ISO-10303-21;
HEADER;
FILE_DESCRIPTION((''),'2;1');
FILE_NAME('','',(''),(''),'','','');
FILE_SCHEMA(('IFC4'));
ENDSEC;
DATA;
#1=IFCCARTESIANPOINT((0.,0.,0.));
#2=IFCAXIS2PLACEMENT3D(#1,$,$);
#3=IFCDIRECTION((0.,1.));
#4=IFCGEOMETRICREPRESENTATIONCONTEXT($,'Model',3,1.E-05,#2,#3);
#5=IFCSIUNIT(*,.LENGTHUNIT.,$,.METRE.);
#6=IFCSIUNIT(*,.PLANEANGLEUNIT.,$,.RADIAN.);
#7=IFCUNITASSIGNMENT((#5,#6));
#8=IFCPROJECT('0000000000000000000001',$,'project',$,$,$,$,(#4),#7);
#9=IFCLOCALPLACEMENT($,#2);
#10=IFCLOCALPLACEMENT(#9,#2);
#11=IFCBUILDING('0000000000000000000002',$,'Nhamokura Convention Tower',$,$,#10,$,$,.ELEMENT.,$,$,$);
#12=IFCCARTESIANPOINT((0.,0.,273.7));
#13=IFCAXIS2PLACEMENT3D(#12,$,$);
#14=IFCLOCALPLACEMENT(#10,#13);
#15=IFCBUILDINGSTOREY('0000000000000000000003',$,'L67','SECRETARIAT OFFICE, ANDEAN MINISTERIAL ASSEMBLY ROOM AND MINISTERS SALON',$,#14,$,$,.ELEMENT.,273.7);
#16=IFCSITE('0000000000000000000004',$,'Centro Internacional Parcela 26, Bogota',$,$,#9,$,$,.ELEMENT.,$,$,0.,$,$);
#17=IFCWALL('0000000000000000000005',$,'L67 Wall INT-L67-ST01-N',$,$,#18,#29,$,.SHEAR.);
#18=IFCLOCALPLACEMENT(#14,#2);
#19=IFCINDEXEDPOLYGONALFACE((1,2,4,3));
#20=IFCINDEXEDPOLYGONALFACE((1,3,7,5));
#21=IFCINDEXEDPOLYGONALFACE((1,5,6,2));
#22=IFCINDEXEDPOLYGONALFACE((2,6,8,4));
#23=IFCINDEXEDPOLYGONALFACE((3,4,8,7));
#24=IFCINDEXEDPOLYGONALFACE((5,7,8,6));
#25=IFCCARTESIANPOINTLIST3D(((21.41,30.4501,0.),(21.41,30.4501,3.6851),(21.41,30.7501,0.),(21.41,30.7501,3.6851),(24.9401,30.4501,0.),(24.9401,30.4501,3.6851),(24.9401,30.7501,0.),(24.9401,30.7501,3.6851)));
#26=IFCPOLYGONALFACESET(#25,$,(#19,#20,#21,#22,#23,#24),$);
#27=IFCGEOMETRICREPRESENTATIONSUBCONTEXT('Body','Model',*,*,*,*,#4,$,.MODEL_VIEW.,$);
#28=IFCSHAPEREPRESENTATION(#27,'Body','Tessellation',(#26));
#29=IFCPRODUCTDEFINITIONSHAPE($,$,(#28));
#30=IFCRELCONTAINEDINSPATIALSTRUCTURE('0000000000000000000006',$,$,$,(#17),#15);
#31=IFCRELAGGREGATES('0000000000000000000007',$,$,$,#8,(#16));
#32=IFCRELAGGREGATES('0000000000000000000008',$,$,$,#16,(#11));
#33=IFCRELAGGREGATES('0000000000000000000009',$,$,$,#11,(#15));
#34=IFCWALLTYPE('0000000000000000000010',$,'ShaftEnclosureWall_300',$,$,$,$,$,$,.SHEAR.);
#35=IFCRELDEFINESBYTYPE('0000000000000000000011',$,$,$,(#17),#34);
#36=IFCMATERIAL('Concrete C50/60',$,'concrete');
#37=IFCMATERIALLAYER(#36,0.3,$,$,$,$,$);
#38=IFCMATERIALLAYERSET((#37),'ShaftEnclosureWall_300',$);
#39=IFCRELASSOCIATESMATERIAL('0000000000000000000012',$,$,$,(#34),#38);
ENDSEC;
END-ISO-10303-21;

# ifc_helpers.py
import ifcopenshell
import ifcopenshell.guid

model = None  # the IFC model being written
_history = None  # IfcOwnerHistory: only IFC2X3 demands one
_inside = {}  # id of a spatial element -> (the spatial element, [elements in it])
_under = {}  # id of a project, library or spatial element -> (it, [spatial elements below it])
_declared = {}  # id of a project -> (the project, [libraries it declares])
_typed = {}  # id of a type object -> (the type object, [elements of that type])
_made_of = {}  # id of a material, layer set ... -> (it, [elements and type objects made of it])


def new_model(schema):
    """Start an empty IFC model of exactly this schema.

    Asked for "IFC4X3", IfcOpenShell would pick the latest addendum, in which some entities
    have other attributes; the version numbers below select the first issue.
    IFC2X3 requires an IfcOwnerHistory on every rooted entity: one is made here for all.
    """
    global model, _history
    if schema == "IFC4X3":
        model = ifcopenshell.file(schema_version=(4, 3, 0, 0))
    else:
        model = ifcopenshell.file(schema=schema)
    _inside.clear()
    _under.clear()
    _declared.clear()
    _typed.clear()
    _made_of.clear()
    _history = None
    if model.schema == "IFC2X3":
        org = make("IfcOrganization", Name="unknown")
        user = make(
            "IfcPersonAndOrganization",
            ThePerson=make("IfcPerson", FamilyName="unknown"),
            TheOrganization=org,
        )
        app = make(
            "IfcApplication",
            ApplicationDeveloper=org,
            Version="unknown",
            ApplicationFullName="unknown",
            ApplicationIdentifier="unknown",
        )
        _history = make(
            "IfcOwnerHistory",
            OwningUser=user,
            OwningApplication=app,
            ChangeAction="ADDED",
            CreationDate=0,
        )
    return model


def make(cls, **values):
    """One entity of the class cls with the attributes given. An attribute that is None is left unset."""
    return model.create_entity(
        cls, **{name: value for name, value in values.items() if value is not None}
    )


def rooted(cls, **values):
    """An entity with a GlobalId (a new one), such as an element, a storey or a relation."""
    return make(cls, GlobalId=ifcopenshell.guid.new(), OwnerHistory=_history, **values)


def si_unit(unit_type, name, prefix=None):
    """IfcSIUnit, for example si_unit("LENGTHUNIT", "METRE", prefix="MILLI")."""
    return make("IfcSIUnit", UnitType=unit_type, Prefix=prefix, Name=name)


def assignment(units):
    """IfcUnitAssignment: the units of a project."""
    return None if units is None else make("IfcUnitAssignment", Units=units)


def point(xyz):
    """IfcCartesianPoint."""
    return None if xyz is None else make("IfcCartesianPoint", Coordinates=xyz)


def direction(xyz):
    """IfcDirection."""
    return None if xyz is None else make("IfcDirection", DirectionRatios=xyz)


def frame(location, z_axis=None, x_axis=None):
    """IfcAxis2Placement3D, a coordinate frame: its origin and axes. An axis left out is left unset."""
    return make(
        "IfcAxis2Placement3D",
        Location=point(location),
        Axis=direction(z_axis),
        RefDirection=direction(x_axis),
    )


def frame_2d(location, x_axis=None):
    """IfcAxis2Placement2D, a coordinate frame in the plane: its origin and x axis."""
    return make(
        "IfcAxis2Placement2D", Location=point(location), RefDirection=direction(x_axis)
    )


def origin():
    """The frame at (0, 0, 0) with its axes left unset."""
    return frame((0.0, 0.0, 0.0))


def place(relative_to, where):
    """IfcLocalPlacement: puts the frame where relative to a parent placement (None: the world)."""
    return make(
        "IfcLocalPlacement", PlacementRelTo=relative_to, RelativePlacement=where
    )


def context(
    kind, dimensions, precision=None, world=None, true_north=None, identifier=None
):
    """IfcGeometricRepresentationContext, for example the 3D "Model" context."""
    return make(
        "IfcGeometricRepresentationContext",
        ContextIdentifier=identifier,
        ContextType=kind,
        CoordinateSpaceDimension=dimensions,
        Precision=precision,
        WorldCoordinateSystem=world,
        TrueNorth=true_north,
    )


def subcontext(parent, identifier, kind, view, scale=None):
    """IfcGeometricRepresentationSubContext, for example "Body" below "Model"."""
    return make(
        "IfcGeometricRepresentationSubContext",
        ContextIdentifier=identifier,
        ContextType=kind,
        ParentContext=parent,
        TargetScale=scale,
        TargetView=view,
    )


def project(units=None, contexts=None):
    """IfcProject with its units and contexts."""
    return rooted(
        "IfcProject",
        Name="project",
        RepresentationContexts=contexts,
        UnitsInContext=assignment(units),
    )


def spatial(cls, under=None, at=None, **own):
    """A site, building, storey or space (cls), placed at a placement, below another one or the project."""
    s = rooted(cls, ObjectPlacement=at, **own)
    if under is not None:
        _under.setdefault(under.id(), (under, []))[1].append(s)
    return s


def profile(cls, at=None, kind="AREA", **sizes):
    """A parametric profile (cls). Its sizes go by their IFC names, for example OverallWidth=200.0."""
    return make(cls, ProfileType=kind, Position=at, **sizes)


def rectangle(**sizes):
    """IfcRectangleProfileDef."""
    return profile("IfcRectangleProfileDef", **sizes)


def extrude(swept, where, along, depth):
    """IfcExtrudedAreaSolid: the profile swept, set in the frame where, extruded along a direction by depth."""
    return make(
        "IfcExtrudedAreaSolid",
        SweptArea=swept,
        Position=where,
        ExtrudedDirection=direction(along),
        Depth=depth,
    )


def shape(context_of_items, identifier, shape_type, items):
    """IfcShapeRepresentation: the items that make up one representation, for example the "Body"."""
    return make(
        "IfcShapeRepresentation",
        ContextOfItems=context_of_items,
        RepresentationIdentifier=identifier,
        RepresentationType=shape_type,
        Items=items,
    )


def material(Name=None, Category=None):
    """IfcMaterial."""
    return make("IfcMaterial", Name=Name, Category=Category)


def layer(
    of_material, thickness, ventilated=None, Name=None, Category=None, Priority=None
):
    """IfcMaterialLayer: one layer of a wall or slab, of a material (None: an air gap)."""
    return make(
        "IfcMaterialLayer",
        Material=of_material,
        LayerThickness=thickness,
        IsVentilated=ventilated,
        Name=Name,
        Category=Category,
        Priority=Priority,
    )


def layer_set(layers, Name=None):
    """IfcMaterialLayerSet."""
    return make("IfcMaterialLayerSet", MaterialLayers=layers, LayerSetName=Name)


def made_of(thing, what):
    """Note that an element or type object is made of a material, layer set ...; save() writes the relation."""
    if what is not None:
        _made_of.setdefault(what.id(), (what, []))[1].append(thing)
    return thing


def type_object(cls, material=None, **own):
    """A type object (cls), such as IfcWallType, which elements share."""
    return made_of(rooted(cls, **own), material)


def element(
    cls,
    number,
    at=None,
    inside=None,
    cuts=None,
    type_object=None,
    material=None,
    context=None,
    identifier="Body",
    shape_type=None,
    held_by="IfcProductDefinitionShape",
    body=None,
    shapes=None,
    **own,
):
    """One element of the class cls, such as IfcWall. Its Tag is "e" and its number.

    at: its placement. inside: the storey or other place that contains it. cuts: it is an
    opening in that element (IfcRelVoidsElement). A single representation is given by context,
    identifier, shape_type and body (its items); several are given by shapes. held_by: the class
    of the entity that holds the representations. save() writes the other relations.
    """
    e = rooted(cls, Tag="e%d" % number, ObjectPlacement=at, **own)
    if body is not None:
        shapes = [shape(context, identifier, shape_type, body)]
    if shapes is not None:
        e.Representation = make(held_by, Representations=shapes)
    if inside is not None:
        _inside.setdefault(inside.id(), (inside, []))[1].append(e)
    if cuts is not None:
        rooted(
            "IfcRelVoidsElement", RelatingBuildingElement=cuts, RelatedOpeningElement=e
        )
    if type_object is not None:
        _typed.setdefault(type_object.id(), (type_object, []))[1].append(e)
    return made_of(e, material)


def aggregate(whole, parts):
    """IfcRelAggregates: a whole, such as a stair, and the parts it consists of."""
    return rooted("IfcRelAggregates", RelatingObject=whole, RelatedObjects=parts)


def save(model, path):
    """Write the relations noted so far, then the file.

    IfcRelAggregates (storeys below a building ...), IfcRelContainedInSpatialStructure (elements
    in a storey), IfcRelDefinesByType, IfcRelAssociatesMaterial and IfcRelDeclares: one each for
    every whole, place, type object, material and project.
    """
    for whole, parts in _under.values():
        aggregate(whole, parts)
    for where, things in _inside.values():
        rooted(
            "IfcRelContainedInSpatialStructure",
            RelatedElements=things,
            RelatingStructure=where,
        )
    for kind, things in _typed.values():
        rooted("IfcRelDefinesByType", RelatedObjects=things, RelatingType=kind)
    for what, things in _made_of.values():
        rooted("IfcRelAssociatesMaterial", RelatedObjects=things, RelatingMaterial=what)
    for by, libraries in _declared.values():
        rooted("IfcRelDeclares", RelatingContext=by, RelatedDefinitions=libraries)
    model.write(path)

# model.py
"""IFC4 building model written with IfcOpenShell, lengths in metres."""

from ifc_helpers import new_model, si_unit, direction, frame, frame_2d, origin, place, context, subcontext, project, spatial, rectangle, extrude, material, layer, layer_set, type_object, element, save


model = new_model("IFC4")

# Units and contexts
model_context = context("Model", 3, precision=1e-05, world=origin(), true_north=direction((0.0, 1.0)))
body_context = subcontext(model_context, "Body", "Model", "MODEL_VIEW")
ifc_project = project(units=[si_unit("LENGTHUNIT", "METRE"), si_unit("PLANEANGLEUNIT", "RADIAN")], contexts=[model_context])

# Site, building, storey
site_placement = place(None, origin())
site = spatial("IfcSite", under=ifc_project, at=site_placement, Name="Centro Internacional Parcela 26, Bogota", CompositionType="ELEMENT", RefElevation=0.0)
building_placement = place(site_placement, origin())
building = spatial("IfcBuilding", under=site, at=building_placement, Name="Nhamokura Convention Tower", CompositionType="ELEMENT")
storey_placement = place(building_placement, frame((0.0, 0.0, 273.7)))
storey = spatial("IfcBuildingStorey", under=building, at=storey_placement, Name="L67", Description="SECRETARIAT OFFICE, ANDEAN MINISTERIAL ASSEMBLY ROOM AND MINISTERS SALON", CompositionType="ELEMENT", Elevation=273.7)

# Wall
ifc_material_1 = material(Name="Concrete C50/60", Category="concrete")
ifc_layer_1 = layer(ifc_material_1, 0.3)
ifc_layer_set_1 = layer_set([ifc_layer_1], Name="ShaftEnclosureWall_300")
wall_type_1 = type_object("IfcWallType", Name="ShaftEnclosureWall_300", PredefinedType="SHEAR", material=ifc_layer_set_1)
wall_1_placement = place(storey_placement, frame((21.4099, 30.6001, 0.0), z_axis=(0.0, 0.0, 1.0), x_axis=(1.0, 0.0, 0.0)))
element("IfcWall", 1, at=wall_1_placement, inside=storey, type_object=wall_type_1, Name="L67 Wall INT-L67-ST01-N", PredefinedType="SHEAR", context=body_context, shape_type="SweptSolid", body=[
    extrude(rectangle(XDim=3.53, YDim=0.3, at=frame_2d((1.7651, 0.0))), origin(), (0.0, 0.0, 1.0), 3.6851),
])

save(model, "model.ifc")
